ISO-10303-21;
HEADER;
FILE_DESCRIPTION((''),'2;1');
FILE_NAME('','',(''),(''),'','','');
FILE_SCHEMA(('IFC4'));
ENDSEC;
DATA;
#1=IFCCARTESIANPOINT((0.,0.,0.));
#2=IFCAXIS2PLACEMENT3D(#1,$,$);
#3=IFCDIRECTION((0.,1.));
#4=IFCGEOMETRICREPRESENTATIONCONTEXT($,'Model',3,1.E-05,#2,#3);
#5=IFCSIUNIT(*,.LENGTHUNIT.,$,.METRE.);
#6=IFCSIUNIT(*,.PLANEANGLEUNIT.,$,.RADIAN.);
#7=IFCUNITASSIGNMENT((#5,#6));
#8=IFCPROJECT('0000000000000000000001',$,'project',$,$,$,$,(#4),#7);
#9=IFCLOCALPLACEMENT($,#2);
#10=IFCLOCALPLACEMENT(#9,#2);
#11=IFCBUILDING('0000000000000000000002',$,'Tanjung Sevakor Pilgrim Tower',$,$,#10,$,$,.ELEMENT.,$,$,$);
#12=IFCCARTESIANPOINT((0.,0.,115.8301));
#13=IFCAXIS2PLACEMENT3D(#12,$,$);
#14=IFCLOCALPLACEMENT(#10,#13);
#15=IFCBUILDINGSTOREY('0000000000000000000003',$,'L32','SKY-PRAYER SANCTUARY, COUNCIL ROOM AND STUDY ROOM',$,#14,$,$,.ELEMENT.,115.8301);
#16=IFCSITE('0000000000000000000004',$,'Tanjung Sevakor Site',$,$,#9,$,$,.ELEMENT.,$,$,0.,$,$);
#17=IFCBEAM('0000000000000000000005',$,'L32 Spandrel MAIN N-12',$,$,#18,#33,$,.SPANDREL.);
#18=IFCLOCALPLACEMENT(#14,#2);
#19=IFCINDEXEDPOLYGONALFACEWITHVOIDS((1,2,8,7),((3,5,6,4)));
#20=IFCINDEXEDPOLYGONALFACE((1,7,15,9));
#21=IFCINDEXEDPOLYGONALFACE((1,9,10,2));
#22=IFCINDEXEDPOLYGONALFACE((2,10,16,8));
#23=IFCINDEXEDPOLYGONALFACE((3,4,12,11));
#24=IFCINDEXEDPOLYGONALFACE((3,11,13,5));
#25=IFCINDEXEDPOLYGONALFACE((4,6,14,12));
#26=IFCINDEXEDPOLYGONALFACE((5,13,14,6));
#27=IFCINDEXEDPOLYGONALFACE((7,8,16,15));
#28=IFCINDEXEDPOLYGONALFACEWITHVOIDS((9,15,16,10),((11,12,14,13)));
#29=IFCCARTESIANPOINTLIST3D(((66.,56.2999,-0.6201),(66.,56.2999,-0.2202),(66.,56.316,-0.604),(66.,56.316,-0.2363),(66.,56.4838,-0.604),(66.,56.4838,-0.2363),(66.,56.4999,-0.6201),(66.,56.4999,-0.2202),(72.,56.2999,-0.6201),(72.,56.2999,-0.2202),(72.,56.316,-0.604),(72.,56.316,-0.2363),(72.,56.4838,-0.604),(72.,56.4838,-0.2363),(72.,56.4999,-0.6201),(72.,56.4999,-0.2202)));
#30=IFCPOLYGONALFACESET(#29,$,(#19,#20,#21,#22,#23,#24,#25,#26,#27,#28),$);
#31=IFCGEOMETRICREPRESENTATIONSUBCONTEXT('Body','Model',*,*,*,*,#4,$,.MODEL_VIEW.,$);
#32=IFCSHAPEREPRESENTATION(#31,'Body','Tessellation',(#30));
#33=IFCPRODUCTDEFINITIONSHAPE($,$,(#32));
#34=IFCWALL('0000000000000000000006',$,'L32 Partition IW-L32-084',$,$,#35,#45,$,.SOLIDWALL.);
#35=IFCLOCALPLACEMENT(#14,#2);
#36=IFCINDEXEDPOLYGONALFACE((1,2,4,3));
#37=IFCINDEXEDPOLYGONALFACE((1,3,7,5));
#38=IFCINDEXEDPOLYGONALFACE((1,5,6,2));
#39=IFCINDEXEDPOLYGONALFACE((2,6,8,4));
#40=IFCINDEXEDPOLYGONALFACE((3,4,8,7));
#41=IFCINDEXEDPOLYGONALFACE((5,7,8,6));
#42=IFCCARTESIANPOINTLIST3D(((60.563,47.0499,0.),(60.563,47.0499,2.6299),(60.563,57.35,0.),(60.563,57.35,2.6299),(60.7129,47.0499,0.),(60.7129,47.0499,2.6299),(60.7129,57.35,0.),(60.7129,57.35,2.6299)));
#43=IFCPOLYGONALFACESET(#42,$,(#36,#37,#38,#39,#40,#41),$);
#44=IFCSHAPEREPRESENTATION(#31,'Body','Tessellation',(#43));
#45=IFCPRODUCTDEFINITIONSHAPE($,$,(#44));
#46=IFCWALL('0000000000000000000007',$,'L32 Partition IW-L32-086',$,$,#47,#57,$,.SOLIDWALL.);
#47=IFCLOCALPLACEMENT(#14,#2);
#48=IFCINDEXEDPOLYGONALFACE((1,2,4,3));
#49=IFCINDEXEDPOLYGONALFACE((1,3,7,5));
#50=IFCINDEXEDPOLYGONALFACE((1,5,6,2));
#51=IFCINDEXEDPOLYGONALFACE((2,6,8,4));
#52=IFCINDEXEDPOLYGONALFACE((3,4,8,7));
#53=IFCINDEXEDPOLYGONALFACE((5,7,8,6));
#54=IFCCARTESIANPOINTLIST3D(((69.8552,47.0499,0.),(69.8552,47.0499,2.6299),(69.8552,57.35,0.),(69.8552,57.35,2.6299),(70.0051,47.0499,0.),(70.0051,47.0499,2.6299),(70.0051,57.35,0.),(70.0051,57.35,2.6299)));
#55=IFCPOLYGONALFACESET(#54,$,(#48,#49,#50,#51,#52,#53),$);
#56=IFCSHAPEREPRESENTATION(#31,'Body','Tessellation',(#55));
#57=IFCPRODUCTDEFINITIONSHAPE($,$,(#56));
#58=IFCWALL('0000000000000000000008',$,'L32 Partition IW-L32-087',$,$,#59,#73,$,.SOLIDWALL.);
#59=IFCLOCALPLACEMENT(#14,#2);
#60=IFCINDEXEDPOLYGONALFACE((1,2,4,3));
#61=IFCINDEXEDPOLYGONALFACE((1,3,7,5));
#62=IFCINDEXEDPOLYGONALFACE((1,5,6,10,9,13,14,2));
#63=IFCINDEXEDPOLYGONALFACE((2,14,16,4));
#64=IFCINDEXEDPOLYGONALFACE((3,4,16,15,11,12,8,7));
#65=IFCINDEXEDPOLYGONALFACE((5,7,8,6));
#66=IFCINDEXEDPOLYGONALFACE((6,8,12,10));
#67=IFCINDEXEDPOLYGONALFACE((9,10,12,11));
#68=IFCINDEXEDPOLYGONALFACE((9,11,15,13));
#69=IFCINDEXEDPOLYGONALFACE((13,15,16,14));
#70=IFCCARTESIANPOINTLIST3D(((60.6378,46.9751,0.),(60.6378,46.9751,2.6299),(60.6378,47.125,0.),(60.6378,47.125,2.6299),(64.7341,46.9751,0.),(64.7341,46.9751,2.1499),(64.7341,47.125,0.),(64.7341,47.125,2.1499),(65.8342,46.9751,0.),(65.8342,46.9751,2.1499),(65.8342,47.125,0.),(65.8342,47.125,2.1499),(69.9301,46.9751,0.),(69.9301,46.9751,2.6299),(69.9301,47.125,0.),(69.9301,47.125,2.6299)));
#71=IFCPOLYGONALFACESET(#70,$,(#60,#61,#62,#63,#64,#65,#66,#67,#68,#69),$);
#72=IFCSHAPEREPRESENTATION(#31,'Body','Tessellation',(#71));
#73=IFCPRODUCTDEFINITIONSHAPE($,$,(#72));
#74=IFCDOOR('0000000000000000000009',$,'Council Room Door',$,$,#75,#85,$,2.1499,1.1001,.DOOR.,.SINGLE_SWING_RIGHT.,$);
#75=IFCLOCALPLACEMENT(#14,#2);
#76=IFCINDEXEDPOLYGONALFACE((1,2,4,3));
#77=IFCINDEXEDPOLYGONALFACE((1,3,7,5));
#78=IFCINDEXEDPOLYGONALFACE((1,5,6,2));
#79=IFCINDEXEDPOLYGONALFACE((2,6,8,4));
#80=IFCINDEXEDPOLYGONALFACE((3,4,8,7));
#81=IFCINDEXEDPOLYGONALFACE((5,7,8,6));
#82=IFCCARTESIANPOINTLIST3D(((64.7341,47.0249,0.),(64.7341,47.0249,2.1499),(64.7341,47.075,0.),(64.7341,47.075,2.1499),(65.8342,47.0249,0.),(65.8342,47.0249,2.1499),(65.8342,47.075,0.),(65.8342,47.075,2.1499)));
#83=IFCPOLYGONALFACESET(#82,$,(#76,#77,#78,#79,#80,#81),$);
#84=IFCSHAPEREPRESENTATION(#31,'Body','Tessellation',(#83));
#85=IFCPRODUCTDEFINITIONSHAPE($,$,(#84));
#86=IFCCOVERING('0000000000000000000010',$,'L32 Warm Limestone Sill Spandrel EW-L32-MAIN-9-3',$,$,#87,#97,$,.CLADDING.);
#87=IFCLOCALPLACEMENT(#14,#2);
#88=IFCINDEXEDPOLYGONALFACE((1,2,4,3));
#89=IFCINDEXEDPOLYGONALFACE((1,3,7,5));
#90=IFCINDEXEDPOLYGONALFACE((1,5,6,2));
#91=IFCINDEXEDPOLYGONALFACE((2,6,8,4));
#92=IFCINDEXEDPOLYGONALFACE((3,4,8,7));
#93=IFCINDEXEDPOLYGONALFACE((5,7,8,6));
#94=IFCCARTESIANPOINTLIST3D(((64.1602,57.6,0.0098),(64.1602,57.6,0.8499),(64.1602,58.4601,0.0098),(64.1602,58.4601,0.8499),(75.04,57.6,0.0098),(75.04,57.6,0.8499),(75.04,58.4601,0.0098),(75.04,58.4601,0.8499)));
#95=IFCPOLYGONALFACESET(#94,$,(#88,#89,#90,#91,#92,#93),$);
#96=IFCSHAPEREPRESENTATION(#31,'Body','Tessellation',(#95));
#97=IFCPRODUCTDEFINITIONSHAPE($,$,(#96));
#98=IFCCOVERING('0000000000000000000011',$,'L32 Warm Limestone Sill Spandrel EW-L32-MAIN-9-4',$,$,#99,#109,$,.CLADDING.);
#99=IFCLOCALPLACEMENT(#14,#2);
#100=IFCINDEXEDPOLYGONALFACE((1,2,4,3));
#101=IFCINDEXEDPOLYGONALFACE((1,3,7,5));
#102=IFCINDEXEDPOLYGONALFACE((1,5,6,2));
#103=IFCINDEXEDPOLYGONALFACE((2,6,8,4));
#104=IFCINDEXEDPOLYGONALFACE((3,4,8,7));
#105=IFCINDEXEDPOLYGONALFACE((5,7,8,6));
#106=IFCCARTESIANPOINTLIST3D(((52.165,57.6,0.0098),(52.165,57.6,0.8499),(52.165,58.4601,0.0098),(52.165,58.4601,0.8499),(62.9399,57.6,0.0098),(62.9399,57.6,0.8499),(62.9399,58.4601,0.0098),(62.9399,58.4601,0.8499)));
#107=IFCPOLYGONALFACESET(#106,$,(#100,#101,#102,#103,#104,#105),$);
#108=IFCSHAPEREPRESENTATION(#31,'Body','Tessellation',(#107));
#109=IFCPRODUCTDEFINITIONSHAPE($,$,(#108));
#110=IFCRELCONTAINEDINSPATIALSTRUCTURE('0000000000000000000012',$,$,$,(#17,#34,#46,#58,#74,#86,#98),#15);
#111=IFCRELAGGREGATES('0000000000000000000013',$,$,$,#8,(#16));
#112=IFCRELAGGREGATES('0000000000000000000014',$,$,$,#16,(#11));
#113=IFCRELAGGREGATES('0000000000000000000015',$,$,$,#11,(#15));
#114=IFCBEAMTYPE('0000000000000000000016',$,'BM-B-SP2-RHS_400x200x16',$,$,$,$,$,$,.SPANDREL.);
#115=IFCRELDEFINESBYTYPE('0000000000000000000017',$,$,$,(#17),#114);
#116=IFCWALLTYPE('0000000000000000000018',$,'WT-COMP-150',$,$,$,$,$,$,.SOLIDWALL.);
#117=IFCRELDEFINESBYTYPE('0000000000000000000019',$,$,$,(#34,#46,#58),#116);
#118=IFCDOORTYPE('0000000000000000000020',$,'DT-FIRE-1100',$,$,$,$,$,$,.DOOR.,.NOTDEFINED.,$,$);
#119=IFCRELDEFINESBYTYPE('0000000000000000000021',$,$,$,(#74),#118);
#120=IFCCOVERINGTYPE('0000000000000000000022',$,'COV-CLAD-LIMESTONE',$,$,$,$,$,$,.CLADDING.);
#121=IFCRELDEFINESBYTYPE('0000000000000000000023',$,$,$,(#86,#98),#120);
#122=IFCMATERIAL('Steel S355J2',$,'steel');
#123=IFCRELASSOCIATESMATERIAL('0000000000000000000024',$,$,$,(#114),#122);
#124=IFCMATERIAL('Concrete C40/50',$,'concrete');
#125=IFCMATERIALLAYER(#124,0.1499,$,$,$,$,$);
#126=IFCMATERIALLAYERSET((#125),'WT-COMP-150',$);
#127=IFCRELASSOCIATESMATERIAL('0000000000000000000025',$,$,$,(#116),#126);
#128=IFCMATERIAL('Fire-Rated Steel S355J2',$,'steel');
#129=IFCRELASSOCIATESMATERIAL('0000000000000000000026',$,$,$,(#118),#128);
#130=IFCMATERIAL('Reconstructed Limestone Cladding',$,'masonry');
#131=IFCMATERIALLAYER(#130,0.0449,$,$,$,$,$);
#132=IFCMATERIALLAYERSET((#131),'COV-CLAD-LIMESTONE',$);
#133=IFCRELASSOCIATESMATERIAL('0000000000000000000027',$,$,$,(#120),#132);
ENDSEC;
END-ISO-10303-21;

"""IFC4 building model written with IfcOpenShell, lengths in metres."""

from ifc_helpers import new_model, si_unit, direction, frame, frame_2d, origin, origin_2d, place, context, subcontext, project, spatial, rectangle, hollow_rectangle, extrude, material, layer, layer_set, material_profile, profile_set, type_object, element, fill, save


model = new_model("IFC4")

# Units and contexts
model_context = context("Model", 3, precision=1e-05, world=origin(), true_north=direction((0.0, 1.0)))
body_context = subcontext(model_context, "Body", "Model", "MODEL_VIEW")
ifc_project = project(units=[si_unit("LENGTHUNIT", "METRE"), si_unit("PLANEANGLEUNIT", "RADIAN")], contexts=[model_context])

# Site, building, storey
site_placement = place(None, origin())
site = spatial("IfcSite", under=ifc_project, at=site_placement, Name="Tanjung Sevakor Site", CompositionType="ELEMENT", RefElevation=0.0)
building_placement = place(site_placement, origin())
building = spatial("IfcBuilding", under=site, at=building_placement, Name="Tanjung Sevakor Pilgrim Tower", CompositionType="ELEMENT")
storey_placement = place(building_placement, frame((0.0, 0.0, 115.8301)))
storey = spatial("IfcBuildingStorey", under=building, at=storey_placement, Name="L32", Description="SKY-PRAYER SANCTUARY, COUNCIL ROOM AND STUDY ROOM", CompositionType="ELEMENT", Elevation=115.8301)

# Beam
ifc_material_1 = material(Name="Steel S355J2", Category="steel")
ifc_material_profile_1 = material_profile(ifc_material_1, hollow_rectangle(XDim=0.2, YDim=0.3999, WallThickness=0.0161, at=origin_2d()))
ifc_profile_set_1 = profile_set([ifc_material_profile_1], Name="Steel S355J2")
beam_type_1 = type_object("IfcBeamType", Name="BM-B-SP2-RHS_400x200x16", PredefinedType="SPANDREL", material=ifc_profile_set_1)
for number, where, z_axis, x_axis, name in (
    (1, (66.0, 56.3999, -0.4202), (1.0, 0.0, 0.0), (0.0, 1.0, 0.0), "L32 Spandrel MAIN N-12"),
):
    element("IfcBeam", number, at=place(storey_placement, frame(where, z_axis=z_axis, x_axis=x_axis)), inside=storey, type_object=beam_type_1, Name=name, PredefinedType="SPANDREL", context=body_context, shape_type="SweptSolid", body=[
        extrude(hollow_rectangle(XDim=0.2, YDim=0.3999, WallThickness=0.0161, at=origin_2d()), origin(), (0.0, 0.0, 1.0), 6.0),
    ])

# Walls
ifc_material_2 = material(Name="Concrete C40/50", Category="concrete")
ifc_layer_1 = layer(ifc_material_2, 0.1499)
ifc_layer_set_1 = layer_set([ifc_layer_1], Name="WT-COMP-150")
wall_type = type_object("IfcWallType", Name="WT-COMP-150", PredefinedType="SOLIDWALL", material=ifc_layer_set_1)
for number, where, z_axis, x_axis, name in (
    (2, (60.6379, 47.05, 0.0), (0.0, 0.0, 1.0), (0.0, 1.0, 0.0), "L32 Partition IW-L32-084"),
    (3, (69.9302, 47.05, 0.0), (0.0, 0.0, 1.0), (0.0, 1.0, 0.0), "L32 Partition IW-L32-086"),
):
    element("IfcWall", number, at=place(storey_placement, frame(where, z_axis=z_axis, x_axis=x_axis)), inside=storey, type_object=wall_type, Name=name, PredefinedType="SOLIDWALL", context=body_context, shape_type="SweptSolid", body=[
        extrude(rectangle(XDim=10.3, YDim=0.1499, at=frame_2d((5.1499, 0.0))), origin(), (0.0, 0.0, 1.0), 2.6299),
    ])

# Wall, opening, door
wall_placement = place(storey_placement, frame((60.6379, 47.05, 0.0), z_axis=(0.0, 0.0, 1.0), x_axis=(1.0, 0.0, 0.0)))
wall = element("IfcWall", 4, at=wall_placement, inside=storey, type_object=wall_type, Name="L32 Partition IW-L32-087", PredefinedType="SOLIDWALL", context=body_context, shape_type="SweptSolid", body=[
    extrude(rectangle(XDim=9.2922, YDim=0.1499, at=frame_2d((4.646, 0.0))), origin(), (0.0, 0.0, 1.0), 2.6299),
])
opening_placement = place(wall_placement, frame((4.0962, 0.0, 0.0)))
opening = element("IfcOpeningElement", 5, at=opening_placement, cuts=wall, PredefinedType="OPENING", context=body_context, shape_type="SweptSolid", body=[
    extrude(rectangle(XDim=1.1001, YDim=2.1499, at=frame_2d((0.55, 1.075))), frame((0.0, 0.085, 0.0), z_axis=(0.0, -1.0, 0.0), x_axis=(1.0, 0.0, 0.0)), (0.0, 0.0, 1.0), 0.1699),
])
ifc_material_3 = material(Name="Fire-Rated Steel S355J2", Category="steel")
door_type = type_object("IfcDoorType", Name="DT-FIRE-1100", OperationType="NOTDEFINED", PredefinedType="DOOR", material=ifc_material_3)
door_placement = place(opening_placement, origin())
door = element("IfcDoor", 6, at=door_placement, inside=storey, type_object=door_type, Name="Council Room Door", OperationType="SINGLE_SWING_RIGHT", OverallHeight=2.1499, OverallWidth=1.1001, PredefinedType="DOOR", context=body_context, shape_type="SweptSolid", body=[
    extrude(rectangle(XDim=1.1001, YDim=2.1499, at=frame_2d((0.55, 1.075))), frame((0.0, 0.0249, 0.0), z_axis=(0.0, -1.0, 0.0), x_axis=(1.0, 0.0, 0.0)), (0.0, 0.0, 1.0), 0.05),
])
fill(opening, door)

# Coverings
ifc_material_4 = material(Name="Reconstructed Limestone Cladding", Category="masonry")
ifc_layer_2 = layer(ifc_material_4, 0.0449)
ifc_layer_set_2 = layer_set([ifc_layer_2], Name="COV-CLAD-LIMESTONE")
covering_type = type_object("IfcCoveringType", Name="COV-CLAD-LIMESTONE", PredefinedType="CLADDING", material=ifc_layer_set_2)
covering_1_placement = place(storey_placement, frame((69.6001, 58.03, 0.0098), z_axis=(0.0, 0.0, 1.0), x_axis=(-1.0, 0.0, 0.0)))
element("IfcCovering", 7, at=covering_1_placement, inside=storey, type_object=covering_type, Name="L32 Warm Limestone Sill Spandrel EW-L32-MAIN-9-3", PredefinedType="CLADDING", context=body_context, shape_type="SweptSolid", body=[
    extrude(rectangle(XDim=10.8799, YDim=0.8601, at=origin_2d()), origin(), (0.0, 0.0, 1.0), 0.8401),
])
covering_2_placement = place(storey_placement, frame((57.5525, 58.03, 0.0098), z_axis=(0.0, 0.0, 1.0), x_axis=(-1.0, 0.0, 0.0)))
element("IfcCovering", 8, at=covering_2_placement, inside=storey, type_object=covering_type, Name="L32 Warm Limestone Sill Spandrel EW-L32-MAIN-9-4", PredefinedType="CLADDING", context=body_context, shape_type="SweptSolid", body=[
    extrude(rectangle(XDim=10.7749, YDim=0.8601, at=origin_2d()), origin(), (0.0, 0.0, 1.0), 0.8401),
])

save(model, "model.ifc")
